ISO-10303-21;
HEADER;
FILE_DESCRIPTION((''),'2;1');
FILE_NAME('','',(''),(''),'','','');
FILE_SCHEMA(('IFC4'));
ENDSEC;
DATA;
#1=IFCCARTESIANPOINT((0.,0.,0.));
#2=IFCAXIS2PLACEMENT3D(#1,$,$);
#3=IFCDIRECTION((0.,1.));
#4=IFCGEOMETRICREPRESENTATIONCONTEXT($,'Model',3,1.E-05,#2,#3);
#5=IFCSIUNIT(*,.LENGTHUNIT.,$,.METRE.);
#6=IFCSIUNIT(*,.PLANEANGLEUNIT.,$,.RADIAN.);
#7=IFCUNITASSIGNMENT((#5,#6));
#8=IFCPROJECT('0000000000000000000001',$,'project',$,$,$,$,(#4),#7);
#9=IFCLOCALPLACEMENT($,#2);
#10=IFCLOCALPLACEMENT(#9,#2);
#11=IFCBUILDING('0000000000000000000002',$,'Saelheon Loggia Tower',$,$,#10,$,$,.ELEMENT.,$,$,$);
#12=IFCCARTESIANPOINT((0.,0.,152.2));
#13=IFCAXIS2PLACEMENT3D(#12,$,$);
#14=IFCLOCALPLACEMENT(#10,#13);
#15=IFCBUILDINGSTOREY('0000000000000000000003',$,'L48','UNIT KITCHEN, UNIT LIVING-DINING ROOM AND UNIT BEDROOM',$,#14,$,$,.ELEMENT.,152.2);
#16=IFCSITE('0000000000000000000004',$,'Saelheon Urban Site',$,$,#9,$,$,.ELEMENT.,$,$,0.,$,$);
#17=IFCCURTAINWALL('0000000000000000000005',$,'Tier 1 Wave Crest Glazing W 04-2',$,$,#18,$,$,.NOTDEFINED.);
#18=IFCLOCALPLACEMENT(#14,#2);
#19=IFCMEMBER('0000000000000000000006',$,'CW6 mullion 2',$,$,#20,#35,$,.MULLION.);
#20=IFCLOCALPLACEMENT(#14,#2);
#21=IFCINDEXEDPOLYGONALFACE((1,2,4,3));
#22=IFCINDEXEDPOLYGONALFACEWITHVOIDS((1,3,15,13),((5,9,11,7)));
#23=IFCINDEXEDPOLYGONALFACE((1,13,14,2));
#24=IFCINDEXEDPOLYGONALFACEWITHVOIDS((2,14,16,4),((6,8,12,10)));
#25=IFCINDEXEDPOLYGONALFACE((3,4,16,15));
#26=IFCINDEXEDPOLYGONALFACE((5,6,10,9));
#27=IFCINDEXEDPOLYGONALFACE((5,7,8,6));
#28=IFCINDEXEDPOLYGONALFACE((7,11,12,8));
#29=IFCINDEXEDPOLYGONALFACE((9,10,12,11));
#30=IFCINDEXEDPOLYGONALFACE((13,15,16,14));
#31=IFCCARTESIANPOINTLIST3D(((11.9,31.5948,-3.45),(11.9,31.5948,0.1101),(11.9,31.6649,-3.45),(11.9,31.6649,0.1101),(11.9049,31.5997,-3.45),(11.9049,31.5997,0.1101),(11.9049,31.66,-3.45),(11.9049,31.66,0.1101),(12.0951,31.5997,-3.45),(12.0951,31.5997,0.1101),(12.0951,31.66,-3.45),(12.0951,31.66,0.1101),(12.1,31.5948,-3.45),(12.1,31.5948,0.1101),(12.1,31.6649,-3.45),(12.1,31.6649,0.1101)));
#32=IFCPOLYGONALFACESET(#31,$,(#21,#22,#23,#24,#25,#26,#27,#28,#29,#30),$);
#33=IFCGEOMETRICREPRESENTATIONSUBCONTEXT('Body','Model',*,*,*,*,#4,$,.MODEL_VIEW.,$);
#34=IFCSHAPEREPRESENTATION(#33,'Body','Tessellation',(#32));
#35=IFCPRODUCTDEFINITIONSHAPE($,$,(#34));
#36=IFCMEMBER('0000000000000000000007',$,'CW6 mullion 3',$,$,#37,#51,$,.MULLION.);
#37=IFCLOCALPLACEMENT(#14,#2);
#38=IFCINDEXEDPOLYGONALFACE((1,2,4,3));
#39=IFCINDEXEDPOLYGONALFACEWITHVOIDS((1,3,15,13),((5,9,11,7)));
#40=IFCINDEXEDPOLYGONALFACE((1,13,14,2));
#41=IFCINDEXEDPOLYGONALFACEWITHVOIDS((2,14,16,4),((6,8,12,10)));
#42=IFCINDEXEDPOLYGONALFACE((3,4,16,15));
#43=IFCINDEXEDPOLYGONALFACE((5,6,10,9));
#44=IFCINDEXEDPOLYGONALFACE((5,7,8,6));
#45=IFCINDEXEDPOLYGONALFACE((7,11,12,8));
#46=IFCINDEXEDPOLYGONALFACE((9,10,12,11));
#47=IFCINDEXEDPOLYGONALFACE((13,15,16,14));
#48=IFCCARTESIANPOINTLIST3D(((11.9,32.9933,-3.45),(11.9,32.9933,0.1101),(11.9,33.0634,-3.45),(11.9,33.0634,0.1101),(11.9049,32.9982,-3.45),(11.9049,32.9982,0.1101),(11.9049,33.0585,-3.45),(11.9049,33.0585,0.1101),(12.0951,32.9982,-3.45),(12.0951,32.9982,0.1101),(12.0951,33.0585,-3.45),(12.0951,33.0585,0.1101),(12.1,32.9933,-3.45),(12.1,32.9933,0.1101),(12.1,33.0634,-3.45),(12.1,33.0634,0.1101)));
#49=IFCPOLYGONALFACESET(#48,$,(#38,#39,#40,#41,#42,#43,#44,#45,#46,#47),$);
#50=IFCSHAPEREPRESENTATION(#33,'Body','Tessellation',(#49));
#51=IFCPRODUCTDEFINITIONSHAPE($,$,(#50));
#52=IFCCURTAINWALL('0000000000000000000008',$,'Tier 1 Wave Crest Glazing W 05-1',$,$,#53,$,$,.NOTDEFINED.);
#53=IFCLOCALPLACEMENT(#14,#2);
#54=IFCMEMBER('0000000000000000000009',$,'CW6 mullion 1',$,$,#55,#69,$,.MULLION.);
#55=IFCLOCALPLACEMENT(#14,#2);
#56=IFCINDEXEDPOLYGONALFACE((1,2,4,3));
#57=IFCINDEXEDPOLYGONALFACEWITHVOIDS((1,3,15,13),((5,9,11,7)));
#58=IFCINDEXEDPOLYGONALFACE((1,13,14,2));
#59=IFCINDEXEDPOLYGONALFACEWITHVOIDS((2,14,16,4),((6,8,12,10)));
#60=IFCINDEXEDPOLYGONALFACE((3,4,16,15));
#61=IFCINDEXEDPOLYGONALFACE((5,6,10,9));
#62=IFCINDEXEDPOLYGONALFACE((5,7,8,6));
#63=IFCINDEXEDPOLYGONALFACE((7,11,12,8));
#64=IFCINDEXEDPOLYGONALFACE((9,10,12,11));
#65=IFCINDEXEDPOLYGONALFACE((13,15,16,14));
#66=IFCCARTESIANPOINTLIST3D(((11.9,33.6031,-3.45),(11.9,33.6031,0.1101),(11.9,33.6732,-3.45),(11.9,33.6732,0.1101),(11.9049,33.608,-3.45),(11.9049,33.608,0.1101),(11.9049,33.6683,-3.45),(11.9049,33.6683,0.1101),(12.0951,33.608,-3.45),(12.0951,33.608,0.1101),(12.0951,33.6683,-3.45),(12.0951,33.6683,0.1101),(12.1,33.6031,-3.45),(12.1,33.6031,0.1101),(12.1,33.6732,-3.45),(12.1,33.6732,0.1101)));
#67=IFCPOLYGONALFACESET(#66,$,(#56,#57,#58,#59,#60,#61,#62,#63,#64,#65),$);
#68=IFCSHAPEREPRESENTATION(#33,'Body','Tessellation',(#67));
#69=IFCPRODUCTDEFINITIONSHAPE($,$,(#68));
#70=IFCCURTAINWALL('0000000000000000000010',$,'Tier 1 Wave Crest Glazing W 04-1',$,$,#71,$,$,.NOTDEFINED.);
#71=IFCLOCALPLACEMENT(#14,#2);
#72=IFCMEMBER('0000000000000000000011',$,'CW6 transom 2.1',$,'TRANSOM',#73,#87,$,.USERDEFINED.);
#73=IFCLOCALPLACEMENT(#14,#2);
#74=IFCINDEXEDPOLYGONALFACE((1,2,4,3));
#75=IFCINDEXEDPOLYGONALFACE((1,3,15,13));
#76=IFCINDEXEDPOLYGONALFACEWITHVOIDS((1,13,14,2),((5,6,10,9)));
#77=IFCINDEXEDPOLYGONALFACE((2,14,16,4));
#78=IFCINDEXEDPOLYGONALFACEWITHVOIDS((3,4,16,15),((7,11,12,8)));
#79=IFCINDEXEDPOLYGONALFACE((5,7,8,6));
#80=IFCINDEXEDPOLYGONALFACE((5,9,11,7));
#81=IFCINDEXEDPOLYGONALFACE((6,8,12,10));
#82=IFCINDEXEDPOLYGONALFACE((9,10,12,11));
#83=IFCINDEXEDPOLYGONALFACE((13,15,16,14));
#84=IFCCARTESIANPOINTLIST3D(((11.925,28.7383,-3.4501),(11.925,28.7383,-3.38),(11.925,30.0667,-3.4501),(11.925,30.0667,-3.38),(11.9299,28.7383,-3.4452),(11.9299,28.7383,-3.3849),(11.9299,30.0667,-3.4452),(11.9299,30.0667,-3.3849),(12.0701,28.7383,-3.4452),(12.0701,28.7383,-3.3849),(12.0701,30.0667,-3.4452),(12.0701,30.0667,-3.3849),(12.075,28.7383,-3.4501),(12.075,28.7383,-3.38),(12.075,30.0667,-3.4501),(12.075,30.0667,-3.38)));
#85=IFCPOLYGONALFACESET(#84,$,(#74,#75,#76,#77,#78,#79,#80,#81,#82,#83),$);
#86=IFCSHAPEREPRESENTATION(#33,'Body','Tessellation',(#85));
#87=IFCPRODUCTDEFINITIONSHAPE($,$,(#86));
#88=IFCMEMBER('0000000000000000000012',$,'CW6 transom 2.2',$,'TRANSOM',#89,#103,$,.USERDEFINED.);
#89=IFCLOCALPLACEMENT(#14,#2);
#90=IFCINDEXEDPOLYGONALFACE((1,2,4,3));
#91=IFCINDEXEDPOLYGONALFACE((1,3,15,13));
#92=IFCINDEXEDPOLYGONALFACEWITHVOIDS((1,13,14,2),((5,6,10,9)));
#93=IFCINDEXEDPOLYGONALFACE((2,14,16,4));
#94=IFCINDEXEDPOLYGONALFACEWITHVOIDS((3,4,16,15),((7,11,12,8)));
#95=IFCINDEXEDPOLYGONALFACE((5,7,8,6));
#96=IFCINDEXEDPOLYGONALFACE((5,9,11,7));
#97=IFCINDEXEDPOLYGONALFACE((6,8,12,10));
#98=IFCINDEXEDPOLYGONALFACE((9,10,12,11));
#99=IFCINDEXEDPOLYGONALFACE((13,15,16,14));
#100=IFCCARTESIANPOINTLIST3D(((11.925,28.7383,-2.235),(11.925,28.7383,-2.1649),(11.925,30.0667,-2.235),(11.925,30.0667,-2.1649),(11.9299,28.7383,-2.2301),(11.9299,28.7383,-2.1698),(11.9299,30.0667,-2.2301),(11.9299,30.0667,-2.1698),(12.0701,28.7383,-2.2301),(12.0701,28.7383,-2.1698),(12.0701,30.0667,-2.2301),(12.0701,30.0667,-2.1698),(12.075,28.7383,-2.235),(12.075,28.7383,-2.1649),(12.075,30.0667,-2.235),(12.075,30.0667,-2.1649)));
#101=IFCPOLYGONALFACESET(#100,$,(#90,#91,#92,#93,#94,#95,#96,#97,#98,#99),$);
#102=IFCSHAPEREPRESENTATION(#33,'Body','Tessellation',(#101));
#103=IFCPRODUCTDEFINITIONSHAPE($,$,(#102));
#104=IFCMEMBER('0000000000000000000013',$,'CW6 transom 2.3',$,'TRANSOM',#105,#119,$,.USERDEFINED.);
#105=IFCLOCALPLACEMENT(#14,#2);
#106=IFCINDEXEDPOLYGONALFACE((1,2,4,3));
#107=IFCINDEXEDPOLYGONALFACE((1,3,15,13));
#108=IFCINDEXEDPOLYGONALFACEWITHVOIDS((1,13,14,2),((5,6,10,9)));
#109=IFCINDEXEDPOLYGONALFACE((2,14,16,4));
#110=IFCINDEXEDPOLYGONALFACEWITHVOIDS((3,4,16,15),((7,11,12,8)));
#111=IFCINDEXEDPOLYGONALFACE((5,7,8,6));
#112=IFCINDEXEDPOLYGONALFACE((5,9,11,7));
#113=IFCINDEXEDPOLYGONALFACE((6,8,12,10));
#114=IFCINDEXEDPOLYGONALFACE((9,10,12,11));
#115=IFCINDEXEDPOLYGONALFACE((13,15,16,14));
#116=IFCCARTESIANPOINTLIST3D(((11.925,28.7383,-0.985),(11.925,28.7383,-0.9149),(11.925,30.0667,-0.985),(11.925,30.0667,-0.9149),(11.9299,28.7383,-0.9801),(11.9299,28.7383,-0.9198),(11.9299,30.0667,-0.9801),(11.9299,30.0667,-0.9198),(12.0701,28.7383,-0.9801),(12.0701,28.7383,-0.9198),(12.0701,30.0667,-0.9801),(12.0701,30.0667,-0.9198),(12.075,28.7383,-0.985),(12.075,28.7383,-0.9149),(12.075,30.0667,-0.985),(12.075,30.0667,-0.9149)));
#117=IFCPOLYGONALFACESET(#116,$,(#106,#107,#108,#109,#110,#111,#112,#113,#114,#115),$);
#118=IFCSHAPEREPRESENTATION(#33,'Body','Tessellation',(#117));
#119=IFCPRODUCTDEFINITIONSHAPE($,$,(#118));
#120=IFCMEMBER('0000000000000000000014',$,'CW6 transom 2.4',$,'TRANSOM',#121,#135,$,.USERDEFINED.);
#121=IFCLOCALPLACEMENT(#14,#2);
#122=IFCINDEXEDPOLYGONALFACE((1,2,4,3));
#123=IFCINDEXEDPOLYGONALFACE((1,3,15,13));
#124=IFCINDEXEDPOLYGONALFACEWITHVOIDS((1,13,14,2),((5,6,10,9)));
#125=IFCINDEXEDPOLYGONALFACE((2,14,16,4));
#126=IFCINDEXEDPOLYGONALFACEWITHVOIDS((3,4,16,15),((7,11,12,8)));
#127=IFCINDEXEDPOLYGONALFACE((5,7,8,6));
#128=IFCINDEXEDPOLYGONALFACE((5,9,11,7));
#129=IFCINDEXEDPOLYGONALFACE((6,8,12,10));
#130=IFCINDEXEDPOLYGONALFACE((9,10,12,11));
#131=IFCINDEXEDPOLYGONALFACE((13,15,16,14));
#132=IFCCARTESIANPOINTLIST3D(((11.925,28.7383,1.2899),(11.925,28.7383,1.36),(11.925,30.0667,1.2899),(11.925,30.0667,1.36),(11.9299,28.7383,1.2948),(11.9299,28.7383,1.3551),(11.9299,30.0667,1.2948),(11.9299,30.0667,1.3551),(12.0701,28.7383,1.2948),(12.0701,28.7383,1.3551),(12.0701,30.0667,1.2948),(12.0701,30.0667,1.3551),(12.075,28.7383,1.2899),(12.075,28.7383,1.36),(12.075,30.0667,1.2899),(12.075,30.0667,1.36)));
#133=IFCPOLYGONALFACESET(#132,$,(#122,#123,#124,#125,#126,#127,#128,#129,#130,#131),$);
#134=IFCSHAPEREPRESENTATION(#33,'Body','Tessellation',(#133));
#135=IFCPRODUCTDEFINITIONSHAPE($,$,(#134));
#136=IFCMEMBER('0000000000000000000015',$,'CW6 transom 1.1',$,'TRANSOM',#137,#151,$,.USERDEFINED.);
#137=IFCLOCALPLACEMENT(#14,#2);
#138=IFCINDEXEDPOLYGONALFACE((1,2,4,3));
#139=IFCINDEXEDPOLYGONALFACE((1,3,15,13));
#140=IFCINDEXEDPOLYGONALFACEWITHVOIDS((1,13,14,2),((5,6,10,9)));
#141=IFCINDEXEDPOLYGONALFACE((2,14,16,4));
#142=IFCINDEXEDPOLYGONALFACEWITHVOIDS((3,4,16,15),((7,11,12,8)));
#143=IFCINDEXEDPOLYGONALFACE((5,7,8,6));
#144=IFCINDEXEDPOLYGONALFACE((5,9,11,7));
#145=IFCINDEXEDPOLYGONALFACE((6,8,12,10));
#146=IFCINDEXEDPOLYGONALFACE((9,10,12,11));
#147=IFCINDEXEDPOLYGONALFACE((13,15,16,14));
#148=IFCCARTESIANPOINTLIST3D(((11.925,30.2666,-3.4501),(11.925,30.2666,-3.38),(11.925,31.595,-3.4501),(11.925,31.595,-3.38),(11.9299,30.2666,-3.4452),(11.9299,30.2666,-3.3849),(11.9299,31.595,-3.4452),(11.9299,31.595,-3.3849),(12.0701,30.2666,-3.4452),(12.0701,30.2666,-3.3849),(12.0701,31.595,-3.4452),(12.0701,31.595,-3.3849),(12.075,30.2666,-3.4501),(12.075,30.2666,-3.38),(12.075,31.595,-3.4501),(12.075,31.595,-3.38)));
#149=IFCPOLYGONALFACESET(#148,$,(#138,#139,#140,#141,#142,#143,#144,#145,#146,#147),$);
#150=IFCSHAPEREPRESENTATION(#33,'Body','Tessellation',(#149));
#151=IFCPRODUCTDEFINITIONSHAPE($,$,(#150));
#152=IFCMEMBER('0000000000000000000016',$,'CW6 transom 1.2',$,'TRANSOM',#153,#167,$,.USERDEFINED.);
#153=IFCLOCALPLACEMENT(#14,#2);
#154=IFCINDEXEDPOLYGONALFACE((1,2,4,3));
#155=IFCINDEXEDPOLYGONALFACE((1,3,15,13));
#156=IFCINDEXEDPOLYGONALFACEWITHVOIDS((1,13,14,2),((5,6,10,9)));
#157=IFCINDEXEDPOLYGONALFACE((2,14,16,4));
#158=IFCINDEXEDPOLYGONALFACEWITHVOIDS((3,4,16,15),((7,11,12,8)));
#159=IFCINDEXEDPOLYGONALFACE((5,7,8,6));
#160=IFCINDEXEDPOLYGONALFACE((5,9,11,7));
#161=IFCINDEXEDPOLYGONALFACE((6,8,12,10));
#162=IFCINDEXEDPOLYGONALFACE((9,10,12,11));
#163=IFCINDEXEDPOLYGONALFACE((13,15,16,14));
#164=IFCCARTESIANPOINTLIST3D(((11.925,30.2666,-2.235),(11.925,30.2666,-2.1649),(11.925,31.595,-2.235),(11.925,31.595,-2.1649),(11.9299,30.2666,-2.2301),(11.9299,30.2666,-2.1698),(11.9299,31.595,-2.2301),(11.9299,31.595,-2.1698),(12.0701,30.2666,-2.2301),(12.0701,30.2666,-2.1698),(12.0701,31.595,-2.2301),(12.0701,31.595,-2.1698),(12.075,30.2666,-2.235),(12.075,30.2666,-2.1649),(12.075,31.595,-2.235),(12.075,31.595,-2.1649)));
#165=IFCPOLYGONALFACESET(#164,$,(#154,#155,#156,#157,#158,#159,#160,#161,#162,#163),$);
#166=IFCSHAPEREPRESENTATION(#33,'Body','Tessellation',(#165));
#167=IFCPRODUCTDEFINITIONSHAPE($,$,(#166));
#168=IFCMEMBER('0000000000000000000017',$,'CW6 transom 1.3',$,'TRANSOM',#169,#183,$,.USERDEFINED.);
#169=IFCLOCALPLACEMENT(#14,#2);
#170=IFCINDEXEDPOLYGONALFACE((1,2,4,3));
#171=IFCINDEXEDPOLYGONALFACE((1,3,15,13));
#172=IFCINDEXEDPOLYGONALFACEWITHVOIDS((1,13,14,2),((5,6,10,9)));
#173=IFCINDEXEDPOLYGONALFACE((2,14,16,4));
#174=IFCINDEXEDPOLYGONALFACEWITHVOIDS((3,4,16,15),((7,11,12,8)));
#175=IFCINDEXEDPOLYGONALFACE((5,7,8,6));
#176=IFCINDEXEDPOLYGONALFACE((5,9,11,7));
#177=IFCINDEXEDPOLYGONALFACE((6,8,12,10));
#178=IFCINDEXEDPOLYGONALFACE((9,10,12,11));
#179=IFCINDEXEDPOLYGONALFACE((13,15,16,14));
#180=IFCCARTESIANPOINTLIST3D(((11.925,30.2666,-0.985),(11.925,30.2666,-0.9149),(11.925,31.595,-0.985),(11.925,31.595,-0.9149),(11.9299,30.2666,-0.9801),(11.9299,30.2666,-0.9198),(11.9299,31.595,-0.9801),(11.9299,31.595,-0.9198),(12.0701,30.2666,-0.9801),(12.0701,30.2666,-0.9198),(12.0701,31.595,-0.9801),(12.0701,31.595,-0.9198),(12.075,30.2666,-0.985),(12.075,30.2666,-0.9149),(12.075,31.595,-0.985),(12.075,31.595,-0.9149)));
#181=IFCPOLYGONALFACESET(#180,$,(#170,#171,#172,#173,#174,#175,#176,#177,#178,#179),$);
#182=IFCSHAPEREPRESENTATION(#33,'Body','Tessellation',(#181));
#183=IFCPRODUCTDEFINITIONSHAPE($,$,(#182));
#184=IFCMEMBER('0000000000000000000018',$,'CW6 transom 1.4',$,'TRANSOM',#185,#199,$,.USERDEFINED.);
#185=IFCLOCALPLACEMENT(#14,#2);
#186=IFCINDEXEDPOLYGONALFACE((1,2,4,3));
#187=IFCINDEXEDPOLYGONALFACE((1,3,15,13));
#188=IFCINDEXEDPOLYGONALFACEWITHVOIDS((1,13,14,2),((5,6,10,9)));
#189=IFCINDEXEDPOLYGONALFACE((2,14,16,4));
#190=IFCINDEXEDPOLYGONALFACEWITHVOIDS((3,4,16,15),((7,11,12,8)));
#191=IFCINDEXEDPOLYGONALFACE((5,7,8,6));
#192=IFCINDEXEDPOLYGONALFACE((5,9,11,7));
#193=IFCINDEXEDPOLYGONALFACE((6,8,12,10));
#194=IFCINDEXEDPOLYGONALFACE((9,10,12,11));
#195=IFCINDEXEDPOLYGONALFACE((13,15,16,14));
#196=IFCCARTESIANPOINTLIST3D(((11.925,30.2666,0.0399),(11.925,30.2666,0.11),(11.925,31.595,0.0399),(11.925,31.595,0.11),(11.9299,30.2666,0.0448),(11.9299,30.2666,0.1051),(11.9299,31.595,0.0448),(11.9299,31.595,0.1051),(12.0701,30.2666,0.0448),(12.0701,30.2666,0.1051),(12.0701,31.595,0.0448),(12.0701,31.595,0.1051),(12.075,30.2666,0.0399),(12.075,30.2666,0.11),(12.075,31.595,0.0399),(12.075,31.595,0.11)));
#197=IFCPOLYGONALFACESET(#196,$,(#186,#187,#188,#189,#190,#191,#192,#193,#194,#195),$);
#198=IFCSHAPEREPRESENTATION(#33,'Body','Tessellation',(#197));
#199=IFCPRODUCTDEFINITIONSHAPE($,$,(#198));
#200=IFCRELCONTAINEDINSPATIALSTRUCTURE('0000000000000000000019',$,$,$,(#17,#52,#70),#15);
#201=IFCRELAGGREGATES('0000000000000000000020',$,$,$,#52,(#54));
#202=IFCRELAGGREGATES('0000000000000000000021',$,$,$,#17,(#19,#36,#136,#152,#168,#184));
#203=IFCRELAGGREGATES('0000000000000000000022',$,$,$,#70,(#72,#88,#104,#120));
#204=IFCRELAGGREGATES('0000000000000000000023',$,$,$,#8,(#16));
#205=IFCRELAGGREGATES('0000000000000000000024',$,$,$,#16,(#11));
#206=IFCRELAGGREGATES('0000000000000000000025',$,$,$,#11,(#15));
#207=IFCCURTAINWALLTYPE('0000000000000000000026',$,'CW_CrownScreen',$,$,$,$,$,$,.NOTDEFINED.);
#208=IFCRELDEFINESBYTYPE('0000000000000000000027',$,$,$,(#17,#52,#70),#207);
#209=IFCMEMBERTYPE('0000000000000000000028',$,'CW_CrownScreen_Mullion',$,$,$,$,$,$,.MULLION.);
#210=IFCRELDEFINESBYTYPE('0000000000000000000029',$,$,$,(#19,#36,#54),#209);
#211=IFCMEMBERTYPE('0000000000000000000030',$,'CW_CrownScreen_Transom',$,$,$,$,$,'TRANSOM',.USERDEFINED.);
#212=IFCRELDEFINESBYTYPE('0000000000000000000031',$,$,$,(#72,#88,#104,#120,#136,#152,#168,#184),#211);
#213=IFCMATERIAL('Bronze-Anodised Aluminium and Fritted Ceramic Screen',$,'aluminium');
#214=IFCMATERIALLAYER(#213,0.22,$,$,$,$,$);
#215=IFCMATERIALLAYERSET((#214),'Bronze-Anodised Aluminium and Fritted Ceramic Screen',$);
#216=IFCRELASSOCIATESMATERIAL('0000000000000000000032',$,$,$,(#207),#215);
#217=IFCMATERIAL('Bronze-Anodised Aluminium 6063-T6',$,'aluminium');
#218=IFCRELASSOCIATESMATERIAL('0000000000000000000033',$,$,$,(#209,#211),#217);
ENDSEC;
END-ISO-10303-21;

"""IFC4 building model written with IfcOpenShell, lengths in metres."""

from ifc_helpers import new_model, si_unit, direction, frame, origin, origin_2d, place, context, subcontext, project, spatial, hollow_rectangle, extrude, source, transform, mapped, material, layer, layer_set, material_profile, profile_set, type_object, element, aggregate, save


model = new_model("IFC4")

# Units and contexts
model_context = context("Model", 3, precision=1e-05, world=origin(), true_north=direction((0.0, 1.0)))
body_context = subcontext(model_context, "Body", "Model", "MODEL_VIEW")
ifc_project = project(units=[si_unit("LENGTHUNIT", "METRE"), si_unit("PLANEANGLEUNIT", "RADIAN")], contexts=[model_context])

# Site, building, storey
site_placement = place(None, origin())
site = spatial("IfcSite", under=ifc_project, at=site_placement, Name="Saelheon Urban Site", CompositionType="ELEMENT", RefElevation=0.0)
building_placement = place(site_placement, origin())
building = spatial("IfcBuilding", under=site, at=building_placement, Name="Saelheon Loggia Tower", CompositionType="ELEMENT")
storey_placement = place(building_placement, frame((0.0, 0.0, 152.2)))
storey = spatial("IfcBuildingStorey", under=building, at=storey_placement, Name="L48", Description="UNIT KITCHEN, UNIT LIVING-DINING ROOM AND UNIT BEDROOM", CompositionType="ELEMENT", Elevation=152.2)

# Curtain wall, members
ifc_material_1 = material(Name="Bronze-Anodised Aluminium and Fritted Ceramic Screen", Category="aluminium")
ifc_layer_1 = layer(ifc_material_1, 0.22)
ifc_layer_set_1 = layer_set([ifc_layer_1], Name="Bronze-Anodised Aluminium and Fritted Ceramic Screen")
curtain_wall_type = type_object("IfcCurtainWallType", Name="CW_CrownScreen", PredefinedType="NOTDEFINED", material=ifc_layer_set_1)
curtain_wall_1_placement = place(storey_placement, origin())
curtain_wall_1 = element("IfcCurtainWall", 1, at=curtain_wall_1_placement, inside=storey, type_object=curtain_wall_type, Name="Tier 1 Wave Crest Glazing W 04-2", PredefinedType="NOTDEFINED")
ifc_material_2 = material(Name="Bronze-Anodised Aluminium 6063-T6", Category="aluminium")
ifc_material_profile_1 = material_profile(ifc_material_2, hollow_rectangle(XDim=0.0701, YDim=0.2, WallThickness=0.0049, at=origin_2d()), Name="RHS-200x70x5")
ifc_profile_set_1 = profile_set([ifc_material_profile_1], Name="Bronze-Anodised Aluminium 6063-T6")
member_type_1 = type_object("IfcMemberType", Name="CW_CrownScreen_Mullion", PredefinedType="MULLION", material=ifc_profile_set_1)
shared_shape_1 = source(origin(), body_context, "Body", "SweptSolid", [
    extrude(hollow_rectangle(XDim=0.0701, YDim=0.2, WallThickness=0.0049, at=origin_2d()), origin(), (0.0, 0.0, 1.0), 3.5601),
])
member_1_placement = place(storey_placement, frame((12.0, 31.6299, -3.45), z_axis=(0.0, 0.0, 1.0), x_axis=(0.0, 1.0, 0.0)))
member_1 = element("IfcMember", 2, at=member_1_placement, type_object=member_type_1, Name="CW6 mullion 2", PredefinedType="MULLION", context=body_context, shape_type="MappedRepresentation", body=[
    mapped(shared_shape_1, transform((0.0, 0.0, 0.0), scale=1.0)),
])
member_2_placement = place(storey_placement, frame((12.0, 33.0283, -3.45), z_axis=(0.0, 0.0, 1.0), x_axis=(0.0, 1.0, 0.0)))
member_2 = element("IfcMember", 3, at=member_2_placement, type_object=member_type_1, Name="CW6 mullion 3", PredefinedType="MULLION", context=body_context, shape_type="MappedRepresentation", body=[
    mapped(shared_shape_1, transform((0.0, 0.0, 0.0), scale=1.0)),
])

# Curtain wall, member
curtain_wall_2_placement = place(storey_placement, origin())
curtain_wall_2 = element("IfcCurtainWall", 4, at=curtain_wall_2_placement, inside=storey, type_object=curtain_wall_type, Name="Tier 1 Wave Crest Glazing W 05-1", PredefinedType="NOTDEFINED")
member_3_placement = place(storey_placement, frame((12.0, 33.6382, -3.45), z_axis=(0.0, 0.0, 1.0), x_axis=(0.0, 1.0, 0.0)))
member_3 = element("IfcMember", 5, at=member_3_placement, type_object=member_type_1, Name="CW6 mullion 1", PredefinedType="MULLION", context=body_context, shape_type="MappedRepresentation", body=[
    mapped(shared_shape_1, transform((0.0, 0.0, 0.0), scale=1.0)),
])

# Curtain wall, members
curtain_wall_3_placement = place(storey_placement, origin())
curtain_wall_3 = element("IfcCurtainWall", 6, at=curtain_wall_3_placement, inside=storey, type_object=curtain_wall_type, Name="Tier 1 Wave Crest Glazing W 04-1", PredefinedType="NOTDEFINED")
ifc_material_profile_2 = material_profile(ifc_material_2, hollow_rectangle(XDim=0.0701, YDim=0.1499, WallThickness=0.0049, at=origin_2d()), Name="RHS-150x70x5")
ifc_profile_set_2 = profile_set([ifc_material_profile_2], Name="Bronze-Anodised Aluminium 6063-T6")
member_type_2 = type_object("IfcMemberType", Name="CW_CrownScreen_Transom", ElementType="TRANSOM", PredefinedType="USERDEFINED", material=ifc_profile_set_2)
shared_shape_2 = source(origin(), body_context, "Body", "SweptSolid", [
    extrude(hollow_rectangle(XDim=0.0701, YDim=0.1499, WallThickness=0.0049, at=origin_2d()), origin(), (0.0, 0.0, 1.0), 1.3284),
])
member_4_placement = place(storey_placement, frame((12.0, 28.7383, -3.415), z_axis=(0.0, 1.0, 0.0), x_axis=(0.0, 0.0, 1.0)))
member_4 = element("IfcMember", 7, at=member_4_placement, type_object=member_type_2, Name="CW6 transom 2.1", ObjectType="TRANSOM", PredefinedType="USERDEFINED", context=body_context, shape_type="MappedRepresentation", body=[
    mapped(shared_shape_2, transform((0.0, 0.0, 0.0), scale=1.0)),
])
member_5_placement = place(storey_placement, frame((12.0, 28.7383, -2.2), z_axis=(0.0, 1.0, 0.0), x_axis=(0.0, 0.0, 1.0)))
member_5 = element("IfcMember", 8, at=member_5_placement, type_object=member_type_2, Name="CW6 transom 2.2", ObjectType="TRANSOM", PredefinedType="USERDEFINED", context=body_context, shape_type="MappedRepresentation", body=[
    mapped(shared_shape_2, transform((0.0, 0.0, 0.0), scale=1.0)),
])
member_6_placement = place(storey_placement, frame((12.0, 28.7383, -0.95), z_axis=(0.0, 1.0, 0.0), x_axis=(0.0, 0.0, 1.0)))
member_6 = element("IfcMember", 9, at=member_6_placement, type_object=member_type_2, Name="CW6 transom 2.3", ObjectType="TRANSOM", PredefinedType="USERDEFINED", context=body_context, shape_type="MappedRepresentation", body=[
    mapped(shared_shape_2, transform((0.0, 0.0, 0.0), scale=1.0)),
])
member_7_placement = place(storey_placement, frame((12.0, 28.7383, 1.325), z_axis=(0.0, 1.0, 0.0), x_axis=(0.0, 0.0, 1.0)))
member_7 = element("IfcMember", 10, at=member_7_placement, type_object=member_type_2, Name="CW6 transom 2.4", ObjectType="TRANSOM", PredefinedType="USERDEFINED", context=body_context, shape_type="MappedRepresentation", body=[
    mapped(shared_shape_2, transform((0.0, 0.0, 0.0), scale=1.0)),
])

# Members
member_8_placement = place(storey_placement, frame((12.0, 30.2666, -3.415), z_axis=(0.0, 1.0, 0.0), x_axis=(0.0, 0.0, 1.0)))
member_8 = element("IfcMember", 11, at=member_8_placement, type_object=member_type_2, Name="CW6 transom 1.1", ObjectType="TRANSOM", PredefinedType="USERDEFINED", context=body_context, shape_type="MappedRepresentation", body=[
    mapped(shared_shape_2, transform((0.0, 0.0, 0.0), scale=1.0)),
])
member_9_placement = place(storey_placement, frame((12.0, 30.2666, -2.2), z_axis=(0.0, 1.0, 0.0), x_axis=(0.0, 0.0, 1.0)))
member_9 = element("IfcMember", 12, at=member_9_placement, type_object=member_type_2, Name="CW6 transom 1.2", ObjectType="TRANSOM", PredefinedType="USERDEFINED", context=body_context, shape_type="MappedRepresentation", body=[
    mapped(shared_shape_2, transform((0.0, 0.0, 0.0), scale=1.0)),
])
member_10_placement = place(storey_placement, frame((12.0, 30.2666, -0.95), z_axis=(0.0, 1.0, 0.0), x_axis=(0.0, 0.0, 1.0)))
member_10 = element("IfcMember", 13, at=member_10_placement, type_object=member_type_2, Name="CW6 transom 1.3", ObjectType="TRANSOM", PredefinedType="USERDEFINED", context=body_context, shape_type="MappedRepresentation", body=[
    mapped(shared_shape_2, transform((0.0, 0.0, 0.0), scale=1.0)),
])
member_11_placement = place(storey_placement, frame((12.0, 30.2666, 0.075), z_axis=(0.0, 1.0, 0.0), x_axis=(0.0, 0.0, 1.0)))
member_11 = element("IfcMember", 14, at=member_11_placement, type_object=member_type_2, Name="CW6 transom 1.4", ObjectType="TRANSOM", PredefinedType="USERDEFINED", context=body_context, shape_type="MappedRepresentation", body=[
    mapped(shared_shape_2, transform((0.0, 0.0, 0.0), scale=1.0)),
])
aggregate(curtain_wall_2, [member_3])

aggregate(curtain_wall_1, [member_1, member_2, member_8, member_9, member_10, member_11])
aggregate(curtain_wall_3, [member_4, member_5, member_6, member_7])

save(model, "model.ifc")
